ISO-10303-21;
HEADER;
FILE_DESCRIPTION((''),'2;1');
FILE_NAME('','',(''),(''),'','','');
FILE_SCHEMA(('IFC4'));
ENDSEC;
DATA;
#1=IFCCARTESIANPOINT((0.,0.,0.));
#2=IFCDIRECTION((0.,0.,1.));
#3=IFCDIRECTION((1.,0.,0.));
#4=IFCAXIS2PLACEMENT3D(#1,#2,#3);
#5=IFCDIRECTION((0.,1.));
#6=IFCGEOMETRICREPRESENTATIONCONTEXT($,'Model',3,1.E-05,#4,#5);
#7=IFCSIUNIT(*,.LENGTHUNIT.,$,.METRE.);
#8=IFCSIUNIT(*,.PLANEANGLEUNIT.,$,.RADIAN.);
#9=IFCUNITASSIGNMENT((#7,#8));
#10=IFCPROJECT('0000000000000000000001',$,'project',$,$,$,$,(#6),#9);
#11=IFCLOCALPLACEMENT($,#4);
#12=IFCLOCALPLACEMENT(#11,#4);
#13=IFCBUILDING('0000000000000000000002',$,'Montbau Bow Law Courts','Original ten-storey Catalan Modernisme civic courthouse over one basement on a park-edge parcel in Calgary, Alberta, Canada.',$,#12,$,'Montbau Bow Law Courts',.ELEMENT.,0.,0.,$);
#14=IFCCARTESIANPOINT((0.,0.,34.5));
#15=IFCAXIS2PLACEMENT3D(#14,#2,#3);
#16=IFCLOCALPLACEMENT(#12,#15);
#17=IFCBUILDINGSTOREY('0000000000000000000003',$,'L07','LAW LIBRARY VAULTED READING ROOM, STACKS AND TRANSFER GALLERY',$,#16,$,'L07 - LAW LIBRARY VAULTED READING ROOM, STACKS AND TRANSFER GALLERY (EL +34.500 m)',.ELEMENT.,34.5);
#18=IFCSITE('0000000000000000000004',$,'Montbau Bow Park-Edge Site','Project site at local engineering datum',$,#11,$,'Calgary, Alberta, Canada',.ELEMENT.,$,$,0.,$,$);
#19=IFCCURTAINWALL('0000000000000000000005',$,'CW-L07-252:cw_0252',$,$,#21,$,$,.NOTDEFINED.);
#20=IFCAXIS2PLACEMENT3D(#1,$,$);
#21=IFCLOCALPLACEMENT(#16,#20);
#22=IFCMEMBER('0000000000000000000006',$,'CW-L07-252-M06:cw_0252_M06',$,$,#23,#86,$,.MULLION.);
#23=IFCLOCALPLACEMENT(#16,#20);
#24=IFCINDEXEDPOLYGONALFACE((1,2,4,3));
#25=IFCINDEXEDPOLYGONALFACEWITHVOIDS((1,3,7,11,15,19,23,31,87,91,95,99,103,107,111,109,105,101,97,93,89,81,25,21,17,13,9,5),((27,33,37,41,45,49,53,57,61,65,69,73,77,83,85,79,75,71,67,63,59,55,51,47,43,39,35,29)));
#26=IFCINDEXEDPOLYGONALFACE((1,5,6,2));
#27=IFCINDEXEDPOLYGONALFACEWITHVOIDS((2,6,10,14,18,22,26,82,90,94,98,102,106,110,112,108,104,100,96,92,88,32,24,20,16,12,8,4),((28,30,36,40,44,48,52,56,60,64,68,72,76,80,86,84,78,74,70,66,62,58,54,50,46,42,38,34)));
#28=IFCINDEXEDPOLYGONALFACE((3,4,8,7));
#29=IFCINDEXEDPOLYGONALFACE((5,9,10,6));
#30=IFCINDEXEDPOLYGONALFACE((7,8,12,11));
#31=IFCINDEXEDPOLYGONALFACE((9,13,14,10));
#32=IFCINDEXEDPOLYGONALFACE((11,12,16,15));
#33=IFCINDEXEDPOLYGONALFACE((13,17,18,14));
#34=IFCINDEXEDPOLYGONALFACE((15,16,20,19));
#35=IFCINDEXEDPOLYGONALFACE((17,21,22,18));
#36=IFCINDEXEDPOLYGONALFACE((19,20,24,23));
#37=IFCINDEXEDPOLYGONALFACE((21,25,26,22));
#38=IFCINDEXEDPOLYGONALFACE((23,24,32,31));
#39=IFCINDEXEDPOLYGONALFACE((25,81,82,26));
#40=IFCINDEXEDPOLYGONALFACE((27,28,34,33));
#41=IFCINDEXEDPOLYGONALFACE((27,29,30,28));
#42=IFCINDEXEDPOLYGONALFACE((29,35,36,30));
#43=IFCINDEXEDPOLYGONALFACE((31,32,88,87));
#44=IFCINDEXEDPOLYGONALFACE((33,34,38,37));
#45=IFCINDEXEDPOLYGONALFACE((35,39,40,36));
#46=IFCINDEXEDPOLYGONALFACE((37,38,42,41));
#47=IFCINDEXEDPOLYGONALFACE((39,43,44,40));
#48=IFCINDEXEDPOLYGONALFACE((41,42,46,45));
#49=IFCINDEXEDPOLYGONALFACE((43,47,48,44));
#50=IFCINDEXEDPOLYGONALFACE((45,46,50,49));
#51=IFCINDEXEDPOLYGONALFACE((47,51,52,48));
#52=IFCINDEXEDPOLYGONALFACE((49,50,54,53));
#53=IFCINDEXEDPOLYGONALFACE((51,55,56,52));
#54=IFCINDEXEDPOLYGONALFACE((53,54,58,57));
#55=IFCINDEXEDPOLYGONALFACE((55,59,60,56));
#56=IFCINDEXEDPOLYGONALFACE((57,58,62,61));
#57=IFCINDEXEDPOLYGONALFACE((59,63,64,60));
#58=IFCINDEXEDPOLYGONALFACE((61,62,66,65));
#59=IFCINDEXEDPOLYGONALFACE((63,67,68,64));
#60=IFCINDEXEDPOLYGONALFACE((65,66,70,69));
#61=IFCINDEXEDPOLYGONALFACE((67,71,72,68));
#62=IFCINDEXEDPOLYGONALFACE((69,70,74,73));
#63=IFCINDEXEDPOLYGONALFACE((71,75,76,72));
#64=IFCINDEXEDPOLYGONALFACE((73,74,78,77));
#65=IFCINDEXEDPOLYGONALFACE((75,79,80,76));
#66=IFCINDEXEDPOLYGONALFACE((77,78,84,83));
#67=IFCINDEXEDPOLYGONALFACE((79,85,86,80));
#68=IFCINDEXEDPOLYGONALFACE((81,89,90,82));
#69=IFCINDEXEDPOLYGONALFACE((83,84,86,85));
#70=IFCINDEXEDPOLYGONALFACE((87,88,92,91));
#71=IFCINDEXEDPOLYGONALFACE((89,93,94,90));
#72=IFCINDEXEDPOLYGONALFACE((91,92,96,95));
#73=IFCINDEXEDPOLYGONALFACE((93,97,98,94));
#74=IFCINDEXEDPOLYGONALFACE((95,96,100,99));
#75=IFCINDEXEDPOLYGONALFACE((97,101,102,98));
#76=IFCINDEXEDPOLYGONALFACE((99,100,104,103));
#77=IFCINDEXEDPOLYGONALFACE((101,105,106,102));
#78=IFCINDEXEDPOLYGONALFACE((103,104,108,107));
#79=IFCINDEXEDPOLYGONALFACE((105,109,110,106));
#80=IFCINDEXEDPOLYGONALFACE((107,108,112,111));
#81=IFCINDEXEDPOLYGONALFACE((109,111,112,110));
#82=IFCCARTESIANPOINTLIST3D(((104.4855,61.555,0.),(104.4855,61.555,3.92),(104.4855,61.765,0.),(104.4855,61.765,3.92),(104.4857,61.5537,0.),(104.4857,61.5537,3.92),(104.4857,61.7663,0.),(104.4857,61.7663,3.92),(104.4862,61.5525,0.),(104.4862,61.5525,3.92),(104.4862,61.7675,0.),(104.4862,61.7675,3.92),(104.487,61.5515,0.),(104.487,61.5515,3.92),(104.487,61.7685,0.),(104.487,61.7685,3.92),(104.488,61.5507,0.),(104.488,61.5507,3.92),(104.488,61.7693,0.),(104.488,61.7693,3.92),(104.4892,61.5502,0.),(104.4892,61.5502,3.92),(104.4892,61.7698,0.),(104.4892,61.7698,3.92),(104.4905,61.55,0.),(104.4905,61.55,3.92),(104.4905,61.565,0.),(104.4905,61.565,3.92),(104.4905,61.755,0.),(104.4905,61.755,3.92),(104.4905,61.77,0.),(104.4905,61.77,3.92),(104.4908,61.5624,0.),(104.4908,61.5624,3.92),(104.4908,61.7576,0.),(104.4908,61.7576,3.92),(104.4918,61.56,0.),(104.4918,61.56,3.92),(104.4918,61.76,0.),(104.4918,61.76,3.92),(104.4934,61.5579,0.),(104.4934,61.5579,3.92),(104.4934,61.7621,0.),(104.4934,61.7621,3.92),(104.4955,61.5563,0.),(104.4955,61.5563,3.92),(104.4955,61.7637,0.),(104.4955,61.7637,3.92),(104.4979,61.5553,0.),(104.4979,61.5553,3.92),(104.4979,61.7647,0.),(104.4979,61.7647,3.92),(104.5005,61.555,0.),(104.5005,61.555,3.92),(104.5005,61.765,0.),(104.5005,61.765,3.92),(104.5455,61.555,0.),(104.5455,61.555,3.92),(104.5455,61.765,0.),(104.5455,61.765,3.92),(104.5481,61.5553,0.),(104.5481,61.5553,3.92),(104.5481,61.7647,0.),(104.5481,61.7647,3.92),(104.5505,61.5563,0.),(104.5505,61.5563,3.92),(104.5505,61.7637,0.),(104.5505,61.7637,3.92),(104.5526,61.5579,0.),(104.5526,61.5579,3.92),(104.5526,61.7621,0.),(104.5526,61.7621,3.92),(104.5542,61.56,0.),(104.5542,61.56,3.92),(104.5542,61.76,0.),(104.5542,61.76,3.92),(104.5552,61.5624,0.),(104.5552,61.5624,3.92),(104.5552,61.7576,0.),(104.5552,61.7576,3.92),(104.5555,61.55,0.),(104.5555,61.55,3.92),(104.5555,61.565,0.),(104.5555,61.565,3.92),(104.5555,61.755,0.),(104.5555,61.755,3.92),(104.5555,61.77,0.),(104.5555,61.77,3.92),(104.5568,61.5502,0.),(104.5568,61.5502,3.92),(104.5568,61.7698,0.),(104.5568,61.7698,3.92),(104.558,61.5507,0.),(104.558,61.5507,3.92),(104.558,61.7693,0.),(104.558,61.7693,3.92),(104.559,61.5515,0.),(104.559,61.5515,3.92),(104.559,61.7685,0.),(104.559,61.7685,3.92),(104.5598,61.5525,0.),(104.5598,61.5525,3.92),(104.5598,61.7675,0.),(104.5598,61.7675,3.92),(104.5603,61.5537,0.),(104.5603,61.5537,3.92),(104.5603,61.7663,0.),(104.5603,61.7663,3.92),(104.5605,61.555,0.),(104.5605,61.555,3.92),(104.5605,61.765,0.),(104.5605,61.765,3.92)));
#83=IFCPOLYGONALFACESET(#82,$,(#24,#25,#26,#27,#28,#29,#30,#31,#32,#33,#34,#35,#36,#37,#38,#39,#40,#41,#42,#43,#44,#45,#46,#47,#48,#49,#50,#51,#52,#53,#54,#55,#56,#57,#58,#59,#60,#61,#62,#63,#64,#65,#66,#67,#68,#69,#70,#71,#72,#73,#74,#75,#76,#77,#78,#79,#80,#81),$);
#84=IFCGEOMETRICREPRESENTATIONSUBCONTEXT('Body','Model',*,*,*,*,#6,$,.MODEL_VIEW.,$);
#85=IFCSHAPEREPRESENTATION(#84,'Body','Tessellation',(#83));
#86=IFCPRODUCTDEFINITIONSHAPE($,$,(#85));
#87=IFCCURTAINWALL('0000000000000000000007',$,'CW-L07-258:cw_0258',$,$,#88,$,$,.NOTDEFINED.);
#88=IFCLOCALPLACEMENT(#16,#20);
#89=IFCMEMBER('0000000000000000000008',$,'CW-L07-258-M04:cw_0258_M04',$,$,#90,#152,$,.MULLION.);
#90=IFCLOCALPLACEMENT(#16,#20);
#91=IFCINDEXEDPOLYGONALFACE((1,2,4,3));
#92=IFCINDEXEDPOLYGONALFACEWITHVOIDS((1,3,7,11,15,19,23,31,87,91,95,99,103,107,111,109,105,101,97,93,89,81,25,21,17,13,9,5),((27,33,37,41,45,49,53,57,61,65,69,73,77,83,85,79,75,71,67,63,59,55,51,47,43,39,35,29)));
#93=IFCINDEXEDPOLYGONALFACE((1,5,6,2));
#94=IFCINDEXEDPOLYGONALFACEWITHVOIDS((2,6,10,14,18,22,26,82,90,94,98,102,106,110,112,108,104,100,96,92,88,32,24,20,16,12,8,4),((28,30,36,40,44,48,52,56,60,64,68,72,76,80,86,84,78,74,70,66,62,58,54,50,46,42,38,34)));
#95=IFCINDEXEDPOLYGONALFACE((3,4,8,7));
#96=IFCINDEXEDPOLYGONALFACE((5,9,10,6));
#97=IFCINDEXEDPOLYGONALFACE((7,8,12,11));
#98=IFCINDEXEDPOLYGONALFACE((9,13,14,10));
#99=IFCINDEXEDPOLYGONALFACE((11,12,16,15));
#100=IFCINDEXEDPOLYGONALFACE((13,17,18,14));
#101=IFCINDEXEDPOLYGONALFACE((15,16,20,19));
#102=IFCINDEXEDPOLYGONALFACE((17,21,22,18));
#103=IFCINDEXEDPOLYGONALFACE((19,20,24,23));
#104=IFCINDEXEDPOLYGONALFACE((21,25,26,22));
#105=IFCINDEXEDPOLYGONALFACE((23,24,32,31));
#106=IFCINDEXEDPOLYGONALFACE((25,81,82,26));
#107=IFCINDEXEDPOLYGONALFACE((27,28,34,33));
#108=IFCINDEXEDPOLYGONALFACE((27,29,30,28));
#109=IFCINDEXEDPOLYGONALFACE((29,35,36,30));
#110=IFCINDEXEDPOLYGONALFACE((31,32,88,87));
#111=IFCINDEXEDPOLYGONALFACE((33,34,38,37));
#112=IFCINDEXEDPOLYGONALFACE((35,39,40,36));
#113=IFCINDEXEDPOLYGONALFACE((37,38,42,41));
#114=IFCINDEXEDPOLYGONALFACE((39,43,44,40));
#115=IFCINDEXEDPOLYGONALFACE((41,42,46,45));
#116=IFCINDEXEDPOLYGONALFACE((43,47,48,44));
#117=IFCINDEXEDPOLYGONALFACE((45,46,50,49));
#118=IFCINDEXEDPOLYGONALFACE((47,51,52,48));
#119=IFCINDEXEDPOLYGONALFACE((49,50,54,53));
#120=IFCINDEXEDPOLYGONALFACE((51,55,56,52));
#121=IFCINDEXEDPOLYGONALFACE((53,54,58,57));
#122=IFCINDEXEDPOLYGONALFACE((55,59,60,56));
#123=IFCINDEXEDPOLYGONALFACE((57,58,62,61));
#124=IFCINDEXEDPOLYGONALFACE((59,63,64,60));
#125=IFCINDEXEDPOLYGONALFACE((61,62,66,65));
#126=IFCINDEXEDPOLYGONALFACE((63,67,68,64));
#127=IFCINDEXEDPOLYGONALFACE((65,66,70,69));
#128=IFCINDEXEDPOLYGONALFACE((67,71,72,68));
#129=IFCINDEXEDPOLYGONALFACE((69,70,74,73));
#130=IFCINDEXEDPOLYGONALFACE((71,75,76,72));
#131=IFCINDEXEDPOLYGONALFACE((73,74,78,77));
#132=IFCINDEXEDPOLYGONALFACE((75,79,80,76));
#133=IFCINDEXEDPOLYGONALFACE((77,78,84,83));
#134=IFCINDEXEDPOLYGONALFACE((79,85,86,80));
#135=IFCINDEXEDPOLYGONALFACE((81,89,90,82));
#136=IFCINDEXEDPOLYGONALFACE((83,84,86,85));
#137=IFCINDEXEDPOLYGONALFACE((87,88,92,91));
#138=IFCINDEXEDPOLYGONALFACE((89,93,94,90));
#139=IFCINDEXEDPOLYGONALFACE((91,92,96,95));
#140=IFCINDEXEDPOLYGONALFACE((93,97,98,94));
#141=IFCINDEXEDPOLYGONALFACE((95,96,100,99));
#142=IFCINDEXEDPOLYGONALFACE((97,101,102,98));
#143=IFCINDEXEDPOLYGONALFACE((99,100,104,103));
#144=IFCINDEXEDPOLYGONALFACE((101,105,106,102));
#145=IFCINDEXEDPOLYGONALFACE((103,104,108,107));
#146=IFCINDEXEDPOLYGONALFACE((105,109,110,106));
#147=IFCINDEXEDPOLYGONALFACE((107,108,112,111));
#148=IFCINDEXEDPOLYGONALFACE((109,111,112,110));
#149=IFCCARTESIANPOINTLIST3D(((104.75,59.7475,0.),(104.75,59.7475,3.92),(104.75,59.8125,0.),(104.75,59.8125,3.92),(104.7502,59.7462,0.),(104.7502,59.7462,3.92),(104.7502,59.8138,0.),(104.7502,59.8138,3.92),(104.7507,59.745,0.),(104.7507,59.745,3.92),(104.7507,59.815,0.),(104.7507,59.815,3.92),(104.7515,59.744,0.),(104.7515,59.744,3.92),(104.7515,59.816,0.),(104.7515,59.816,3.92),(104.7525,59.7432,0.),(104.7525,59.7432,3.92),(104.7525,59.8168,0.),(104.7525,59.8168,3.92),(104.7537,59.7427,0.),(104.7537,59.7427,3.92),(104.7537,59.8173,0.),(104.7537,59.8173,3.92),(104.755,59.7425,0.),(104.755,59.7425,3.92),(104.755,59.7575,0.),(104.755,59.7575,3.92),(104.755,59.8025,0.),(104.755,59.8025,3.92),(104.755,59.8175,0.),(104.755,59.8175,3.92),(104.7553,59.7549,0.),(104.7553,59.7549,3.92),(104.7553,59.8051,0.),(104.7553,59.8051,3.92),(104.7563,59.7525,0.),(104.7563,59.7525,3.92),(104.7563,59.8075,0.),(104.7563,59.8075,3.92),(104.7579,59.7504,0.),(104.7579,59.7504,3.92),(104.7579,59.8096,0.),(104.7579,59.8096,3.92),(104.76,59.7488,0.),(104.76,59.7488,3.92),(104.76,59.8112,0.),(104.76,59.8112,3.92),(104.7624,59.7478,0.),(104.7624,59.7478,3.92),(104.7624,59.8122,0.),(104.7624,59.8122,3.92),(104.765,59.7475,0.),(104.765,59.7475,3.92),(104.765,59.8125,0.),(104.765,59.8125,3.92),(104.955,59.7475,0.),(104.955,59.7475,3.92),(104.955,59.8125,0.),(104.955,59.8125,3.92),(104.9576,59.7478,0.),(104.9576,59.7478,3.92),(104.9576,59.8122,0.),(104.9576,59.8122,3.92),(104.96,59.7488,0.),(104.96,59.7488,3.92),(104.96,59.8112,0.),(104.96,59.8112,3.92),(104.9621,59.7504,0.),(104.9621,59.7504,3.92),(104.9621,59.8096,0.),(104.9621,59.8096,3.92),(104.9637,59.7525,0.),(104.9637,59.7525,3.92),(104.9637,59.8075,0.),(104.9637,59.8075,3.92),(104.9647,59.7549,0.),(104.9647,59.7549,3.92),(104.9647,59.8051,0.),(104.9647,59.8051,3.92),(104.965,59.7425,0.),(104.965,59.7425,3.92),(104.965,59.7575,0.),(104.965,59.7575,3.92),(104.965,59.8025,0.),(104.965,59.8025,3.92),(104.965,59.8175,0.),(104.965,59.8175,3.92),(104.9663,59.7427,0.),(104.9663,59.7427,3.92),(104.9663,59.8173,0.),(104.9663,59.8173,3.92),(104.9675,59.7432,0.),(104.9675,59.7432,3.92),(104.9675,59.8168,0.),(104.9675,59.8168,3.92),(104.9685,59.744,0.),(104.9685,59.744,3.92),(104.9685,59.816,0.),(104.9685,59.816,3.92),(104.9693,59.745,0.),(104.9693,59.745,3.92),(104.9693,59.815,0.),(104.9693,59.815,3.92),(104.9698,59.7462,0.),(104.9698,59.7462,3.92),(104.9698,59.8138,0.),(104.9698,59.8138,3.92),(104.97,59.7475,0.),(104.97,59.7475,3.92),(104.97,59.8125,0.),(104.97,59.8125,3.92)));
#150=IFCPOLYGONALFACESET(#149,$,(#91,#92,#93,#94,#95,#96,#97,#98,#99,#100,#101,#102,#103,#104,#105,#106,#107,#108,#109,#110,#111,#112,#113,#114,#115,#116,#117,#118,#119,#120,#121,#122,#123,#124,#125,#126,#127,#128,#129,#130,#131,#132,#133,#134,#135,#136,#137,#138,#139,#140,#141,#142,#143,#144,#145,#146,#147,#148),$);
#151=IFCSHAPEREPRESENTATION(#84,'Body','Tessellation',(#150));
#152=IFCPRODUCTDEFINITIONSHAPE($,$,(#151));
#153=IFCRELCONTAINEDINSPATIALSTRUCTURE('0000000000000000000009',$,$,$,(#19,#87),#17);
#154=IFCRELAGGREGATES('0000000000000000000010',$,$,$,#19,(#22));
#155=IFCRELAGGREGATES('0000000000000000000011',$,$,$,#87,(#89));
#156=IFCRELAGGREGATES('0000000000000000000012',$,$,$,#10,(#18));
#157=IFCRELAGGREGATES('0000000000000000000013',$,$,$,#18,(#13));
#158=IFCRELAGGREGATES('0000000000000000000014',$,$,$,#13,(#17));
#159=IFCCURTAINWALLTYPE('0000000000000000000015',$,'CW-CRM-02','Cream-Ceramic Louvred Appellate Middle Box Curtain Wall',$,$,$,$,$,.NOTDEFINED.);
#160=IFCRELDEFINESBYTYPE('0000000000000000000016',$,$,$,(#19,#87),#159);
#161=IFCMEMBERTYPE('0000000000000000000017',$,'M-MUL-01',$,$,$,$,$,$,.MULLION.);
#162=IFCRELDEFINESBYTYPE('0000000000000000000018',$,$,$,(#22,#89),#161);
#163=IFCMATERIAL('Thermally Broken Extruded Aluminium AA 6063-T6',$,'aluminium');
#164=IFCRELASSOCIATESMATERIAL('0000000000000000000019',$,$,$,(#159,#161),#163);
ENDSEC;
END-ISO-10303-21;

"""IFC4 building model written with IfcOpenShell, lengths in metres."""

from ifc_helpers import new_model, si_unit, direction, frame, origin_with_axes, origin_2d_with_axis, place, context, subcontext, project, spatial, hollow_rectangle, extrude, material, material_profile, profile_set, type_object, element, aggregate, save


model = new_model("IFC4")

# Units and contexts
model_context = context("Model", 3, precision=1e-05, world=origin_with_axes(), true_north=direction((0.0, 1.0)))
body_context = subcontext(model_context, "Body", "Model", "MODEL_VIEW")
ifc_project = project(units=[si_unit("LENGTHUNIT", "METRE"), si_unit("PLANEANGLEUNIT", "RADIAN")], contexts=[model_context])

# Site, building, storey
site_placement = place(None, origin_with_axes())
site = spatial("IfcSite", under=ifc_project, at=site_placement, Name="Montbau Bow Park-Edge Site", Description="Project site at local engineering datum", LongName="Calgary, Alberta, Canada", CompositionType="ELEMENT", RefElevation=0.0)
building_placement = place(site_placement, origin_with_axes())
building = spatial("IfcBuilding", under=site, at=building_placement, Name="Montbau Bow Law Courts", Description="Original ten-storey Catalan Modernisme civic courthouse over one basement on a park-edge parcel in Calgary, Alberta, Canada.", LongName="Montbau Bow Law Courts", CompositionType="ELEMENT", ElevationOfRefHeight=0.0, ElevationOfTerrain=0.0)
storey_placement = place(building_placement, frame((0.0, 0.0, 34.5), z_axis=(0.0, 0.0, 1.0), x_axis=(1.0, 0.0, 0.0)))
storey = spatial("IfcBuildingStorey", under=building, at=storey_placement, Name="L07", Description="LAW LIBRARY VAULTED READING ROOM, STACKS AND TRANSFER GALLERY", LongName="L07 - LAW LIBRARY VAULTED READING ROOM, STACKS AND TRANSFER GALLERY (EL +34.500 m)", CompositionType="ELEMENT", Elevation=34.5)

# Curtain wall, member
ifc_material_1 = material(Name="Thermally Broken Extruded Aluminium AA 6063-T6", Category="aluminium")
curtain_wall_type = type_object("IfcCurtainWallType", Name="CW-CRM-02", Description="Cream-Ceramic Louvred Appellate Middle Box Curtain Wall", PredefinedType="NOTDEFINED", material=ifc_material_1)
curtain_wall_1_placement = place(None, frame((97.64, 61.66, 34.5), z_axis=(0.0, 0.0, 1.0), x_axis=(1.0, 0.0, 0.0)))
curtain_wall_1 = element("IfcCurtainWall", 1, at=curtain_wall_1_placement, inside=storey, type_object=curtain_wall_type, Name="CW-L07-252:cw_0252", PredefinedType="NOTDEFINED")
ifc_material_profile_1 = material_profile(ifc_material_1, hollow_rectangle(XDim=0.075, YDim=0.22, WallThickness=0.005, InnerFilletRadius=0.01, OuterFilletRadius=0.005, at=origin_2d_with_axis()), Name="CWM-220X75", Category="Main", Priority=0)
ifc_profile_set_1 = profile_set([ifc_material_profile_1], Name="Thermally Broken Extruded Aluminium AA 6063-T6")
member_type_1 = type_object("IfcMemberType", Name="M-MUL-01", PredefinedType="MULLION", material=ifc_profile_set_1)
member_1_placement = place(None, frame((104.523, 61.66, 34.5), z_axis=(0.0, 0.0, 1.0), x_axis=(1.0, 0.0, 0.0)))
member_1 = element("IfcMember", 2, at=member_1_placement, type_object=member_type_1, Name="CW-L07-252-M06:cw_0252_M06", PredefinedType="MULLION", context=body_context, shape_type="SweptSolid", body=[
    extrude(hollow_rectangle(XDim=0.075, YDim=0.22, WallThickness=0.005, InnerFilletRadius=0.01, OuterFilletRadius=0.005, at=origin_2d_with_axis()), origin_with_axes(), (0.0, 0.0, 1.0), 3.92),
])

# Curtain wall, member
curtain_wall_2_placement = place(None, frame((104.86, 55.04, 34.5), z_axis=(0.0, 0.0, 1.0), x_axis=(1.0, 0.0, 0.0)))
curtain_wall_2 = element("IfcCurtainWall", 3, at=curtain_wall_2_placement, inside=storey, type_object=curtain_wall_type, Name="CW-L07-258:cw_0258", PredefinedType="NOTDEFINED")
member_2_placement = place(None, frame((104.86, 59.78, 34.5), z_axis=(0.0, 0.0, 1.0), x_axis=(0.0, 1.0, 0.0)))
member_2 = element("IfcMember", 4, at=member_2_placement, type_object=member_type_1, Name="CW-L07-258-M04:cw_0258_M04", PredefinedType="MULLION", context=body_context, shape_type="SweptSolid", body=[
    extrude(hollow_rectangle(XDim=0.075, YDim=0.22, WallThickness=0.005, InnerFilletRadius=0.01, OuterFilletRadius=0.005, at=origin_2d_with_axis()), origin_with_axes(), (0.0, 0.0, 1.0), 3.92),
])

aggregate(curtain_wall_1, [member_1])
aggregate(curtain_wall_2, [member_2])

save(model, "model.ifc")
